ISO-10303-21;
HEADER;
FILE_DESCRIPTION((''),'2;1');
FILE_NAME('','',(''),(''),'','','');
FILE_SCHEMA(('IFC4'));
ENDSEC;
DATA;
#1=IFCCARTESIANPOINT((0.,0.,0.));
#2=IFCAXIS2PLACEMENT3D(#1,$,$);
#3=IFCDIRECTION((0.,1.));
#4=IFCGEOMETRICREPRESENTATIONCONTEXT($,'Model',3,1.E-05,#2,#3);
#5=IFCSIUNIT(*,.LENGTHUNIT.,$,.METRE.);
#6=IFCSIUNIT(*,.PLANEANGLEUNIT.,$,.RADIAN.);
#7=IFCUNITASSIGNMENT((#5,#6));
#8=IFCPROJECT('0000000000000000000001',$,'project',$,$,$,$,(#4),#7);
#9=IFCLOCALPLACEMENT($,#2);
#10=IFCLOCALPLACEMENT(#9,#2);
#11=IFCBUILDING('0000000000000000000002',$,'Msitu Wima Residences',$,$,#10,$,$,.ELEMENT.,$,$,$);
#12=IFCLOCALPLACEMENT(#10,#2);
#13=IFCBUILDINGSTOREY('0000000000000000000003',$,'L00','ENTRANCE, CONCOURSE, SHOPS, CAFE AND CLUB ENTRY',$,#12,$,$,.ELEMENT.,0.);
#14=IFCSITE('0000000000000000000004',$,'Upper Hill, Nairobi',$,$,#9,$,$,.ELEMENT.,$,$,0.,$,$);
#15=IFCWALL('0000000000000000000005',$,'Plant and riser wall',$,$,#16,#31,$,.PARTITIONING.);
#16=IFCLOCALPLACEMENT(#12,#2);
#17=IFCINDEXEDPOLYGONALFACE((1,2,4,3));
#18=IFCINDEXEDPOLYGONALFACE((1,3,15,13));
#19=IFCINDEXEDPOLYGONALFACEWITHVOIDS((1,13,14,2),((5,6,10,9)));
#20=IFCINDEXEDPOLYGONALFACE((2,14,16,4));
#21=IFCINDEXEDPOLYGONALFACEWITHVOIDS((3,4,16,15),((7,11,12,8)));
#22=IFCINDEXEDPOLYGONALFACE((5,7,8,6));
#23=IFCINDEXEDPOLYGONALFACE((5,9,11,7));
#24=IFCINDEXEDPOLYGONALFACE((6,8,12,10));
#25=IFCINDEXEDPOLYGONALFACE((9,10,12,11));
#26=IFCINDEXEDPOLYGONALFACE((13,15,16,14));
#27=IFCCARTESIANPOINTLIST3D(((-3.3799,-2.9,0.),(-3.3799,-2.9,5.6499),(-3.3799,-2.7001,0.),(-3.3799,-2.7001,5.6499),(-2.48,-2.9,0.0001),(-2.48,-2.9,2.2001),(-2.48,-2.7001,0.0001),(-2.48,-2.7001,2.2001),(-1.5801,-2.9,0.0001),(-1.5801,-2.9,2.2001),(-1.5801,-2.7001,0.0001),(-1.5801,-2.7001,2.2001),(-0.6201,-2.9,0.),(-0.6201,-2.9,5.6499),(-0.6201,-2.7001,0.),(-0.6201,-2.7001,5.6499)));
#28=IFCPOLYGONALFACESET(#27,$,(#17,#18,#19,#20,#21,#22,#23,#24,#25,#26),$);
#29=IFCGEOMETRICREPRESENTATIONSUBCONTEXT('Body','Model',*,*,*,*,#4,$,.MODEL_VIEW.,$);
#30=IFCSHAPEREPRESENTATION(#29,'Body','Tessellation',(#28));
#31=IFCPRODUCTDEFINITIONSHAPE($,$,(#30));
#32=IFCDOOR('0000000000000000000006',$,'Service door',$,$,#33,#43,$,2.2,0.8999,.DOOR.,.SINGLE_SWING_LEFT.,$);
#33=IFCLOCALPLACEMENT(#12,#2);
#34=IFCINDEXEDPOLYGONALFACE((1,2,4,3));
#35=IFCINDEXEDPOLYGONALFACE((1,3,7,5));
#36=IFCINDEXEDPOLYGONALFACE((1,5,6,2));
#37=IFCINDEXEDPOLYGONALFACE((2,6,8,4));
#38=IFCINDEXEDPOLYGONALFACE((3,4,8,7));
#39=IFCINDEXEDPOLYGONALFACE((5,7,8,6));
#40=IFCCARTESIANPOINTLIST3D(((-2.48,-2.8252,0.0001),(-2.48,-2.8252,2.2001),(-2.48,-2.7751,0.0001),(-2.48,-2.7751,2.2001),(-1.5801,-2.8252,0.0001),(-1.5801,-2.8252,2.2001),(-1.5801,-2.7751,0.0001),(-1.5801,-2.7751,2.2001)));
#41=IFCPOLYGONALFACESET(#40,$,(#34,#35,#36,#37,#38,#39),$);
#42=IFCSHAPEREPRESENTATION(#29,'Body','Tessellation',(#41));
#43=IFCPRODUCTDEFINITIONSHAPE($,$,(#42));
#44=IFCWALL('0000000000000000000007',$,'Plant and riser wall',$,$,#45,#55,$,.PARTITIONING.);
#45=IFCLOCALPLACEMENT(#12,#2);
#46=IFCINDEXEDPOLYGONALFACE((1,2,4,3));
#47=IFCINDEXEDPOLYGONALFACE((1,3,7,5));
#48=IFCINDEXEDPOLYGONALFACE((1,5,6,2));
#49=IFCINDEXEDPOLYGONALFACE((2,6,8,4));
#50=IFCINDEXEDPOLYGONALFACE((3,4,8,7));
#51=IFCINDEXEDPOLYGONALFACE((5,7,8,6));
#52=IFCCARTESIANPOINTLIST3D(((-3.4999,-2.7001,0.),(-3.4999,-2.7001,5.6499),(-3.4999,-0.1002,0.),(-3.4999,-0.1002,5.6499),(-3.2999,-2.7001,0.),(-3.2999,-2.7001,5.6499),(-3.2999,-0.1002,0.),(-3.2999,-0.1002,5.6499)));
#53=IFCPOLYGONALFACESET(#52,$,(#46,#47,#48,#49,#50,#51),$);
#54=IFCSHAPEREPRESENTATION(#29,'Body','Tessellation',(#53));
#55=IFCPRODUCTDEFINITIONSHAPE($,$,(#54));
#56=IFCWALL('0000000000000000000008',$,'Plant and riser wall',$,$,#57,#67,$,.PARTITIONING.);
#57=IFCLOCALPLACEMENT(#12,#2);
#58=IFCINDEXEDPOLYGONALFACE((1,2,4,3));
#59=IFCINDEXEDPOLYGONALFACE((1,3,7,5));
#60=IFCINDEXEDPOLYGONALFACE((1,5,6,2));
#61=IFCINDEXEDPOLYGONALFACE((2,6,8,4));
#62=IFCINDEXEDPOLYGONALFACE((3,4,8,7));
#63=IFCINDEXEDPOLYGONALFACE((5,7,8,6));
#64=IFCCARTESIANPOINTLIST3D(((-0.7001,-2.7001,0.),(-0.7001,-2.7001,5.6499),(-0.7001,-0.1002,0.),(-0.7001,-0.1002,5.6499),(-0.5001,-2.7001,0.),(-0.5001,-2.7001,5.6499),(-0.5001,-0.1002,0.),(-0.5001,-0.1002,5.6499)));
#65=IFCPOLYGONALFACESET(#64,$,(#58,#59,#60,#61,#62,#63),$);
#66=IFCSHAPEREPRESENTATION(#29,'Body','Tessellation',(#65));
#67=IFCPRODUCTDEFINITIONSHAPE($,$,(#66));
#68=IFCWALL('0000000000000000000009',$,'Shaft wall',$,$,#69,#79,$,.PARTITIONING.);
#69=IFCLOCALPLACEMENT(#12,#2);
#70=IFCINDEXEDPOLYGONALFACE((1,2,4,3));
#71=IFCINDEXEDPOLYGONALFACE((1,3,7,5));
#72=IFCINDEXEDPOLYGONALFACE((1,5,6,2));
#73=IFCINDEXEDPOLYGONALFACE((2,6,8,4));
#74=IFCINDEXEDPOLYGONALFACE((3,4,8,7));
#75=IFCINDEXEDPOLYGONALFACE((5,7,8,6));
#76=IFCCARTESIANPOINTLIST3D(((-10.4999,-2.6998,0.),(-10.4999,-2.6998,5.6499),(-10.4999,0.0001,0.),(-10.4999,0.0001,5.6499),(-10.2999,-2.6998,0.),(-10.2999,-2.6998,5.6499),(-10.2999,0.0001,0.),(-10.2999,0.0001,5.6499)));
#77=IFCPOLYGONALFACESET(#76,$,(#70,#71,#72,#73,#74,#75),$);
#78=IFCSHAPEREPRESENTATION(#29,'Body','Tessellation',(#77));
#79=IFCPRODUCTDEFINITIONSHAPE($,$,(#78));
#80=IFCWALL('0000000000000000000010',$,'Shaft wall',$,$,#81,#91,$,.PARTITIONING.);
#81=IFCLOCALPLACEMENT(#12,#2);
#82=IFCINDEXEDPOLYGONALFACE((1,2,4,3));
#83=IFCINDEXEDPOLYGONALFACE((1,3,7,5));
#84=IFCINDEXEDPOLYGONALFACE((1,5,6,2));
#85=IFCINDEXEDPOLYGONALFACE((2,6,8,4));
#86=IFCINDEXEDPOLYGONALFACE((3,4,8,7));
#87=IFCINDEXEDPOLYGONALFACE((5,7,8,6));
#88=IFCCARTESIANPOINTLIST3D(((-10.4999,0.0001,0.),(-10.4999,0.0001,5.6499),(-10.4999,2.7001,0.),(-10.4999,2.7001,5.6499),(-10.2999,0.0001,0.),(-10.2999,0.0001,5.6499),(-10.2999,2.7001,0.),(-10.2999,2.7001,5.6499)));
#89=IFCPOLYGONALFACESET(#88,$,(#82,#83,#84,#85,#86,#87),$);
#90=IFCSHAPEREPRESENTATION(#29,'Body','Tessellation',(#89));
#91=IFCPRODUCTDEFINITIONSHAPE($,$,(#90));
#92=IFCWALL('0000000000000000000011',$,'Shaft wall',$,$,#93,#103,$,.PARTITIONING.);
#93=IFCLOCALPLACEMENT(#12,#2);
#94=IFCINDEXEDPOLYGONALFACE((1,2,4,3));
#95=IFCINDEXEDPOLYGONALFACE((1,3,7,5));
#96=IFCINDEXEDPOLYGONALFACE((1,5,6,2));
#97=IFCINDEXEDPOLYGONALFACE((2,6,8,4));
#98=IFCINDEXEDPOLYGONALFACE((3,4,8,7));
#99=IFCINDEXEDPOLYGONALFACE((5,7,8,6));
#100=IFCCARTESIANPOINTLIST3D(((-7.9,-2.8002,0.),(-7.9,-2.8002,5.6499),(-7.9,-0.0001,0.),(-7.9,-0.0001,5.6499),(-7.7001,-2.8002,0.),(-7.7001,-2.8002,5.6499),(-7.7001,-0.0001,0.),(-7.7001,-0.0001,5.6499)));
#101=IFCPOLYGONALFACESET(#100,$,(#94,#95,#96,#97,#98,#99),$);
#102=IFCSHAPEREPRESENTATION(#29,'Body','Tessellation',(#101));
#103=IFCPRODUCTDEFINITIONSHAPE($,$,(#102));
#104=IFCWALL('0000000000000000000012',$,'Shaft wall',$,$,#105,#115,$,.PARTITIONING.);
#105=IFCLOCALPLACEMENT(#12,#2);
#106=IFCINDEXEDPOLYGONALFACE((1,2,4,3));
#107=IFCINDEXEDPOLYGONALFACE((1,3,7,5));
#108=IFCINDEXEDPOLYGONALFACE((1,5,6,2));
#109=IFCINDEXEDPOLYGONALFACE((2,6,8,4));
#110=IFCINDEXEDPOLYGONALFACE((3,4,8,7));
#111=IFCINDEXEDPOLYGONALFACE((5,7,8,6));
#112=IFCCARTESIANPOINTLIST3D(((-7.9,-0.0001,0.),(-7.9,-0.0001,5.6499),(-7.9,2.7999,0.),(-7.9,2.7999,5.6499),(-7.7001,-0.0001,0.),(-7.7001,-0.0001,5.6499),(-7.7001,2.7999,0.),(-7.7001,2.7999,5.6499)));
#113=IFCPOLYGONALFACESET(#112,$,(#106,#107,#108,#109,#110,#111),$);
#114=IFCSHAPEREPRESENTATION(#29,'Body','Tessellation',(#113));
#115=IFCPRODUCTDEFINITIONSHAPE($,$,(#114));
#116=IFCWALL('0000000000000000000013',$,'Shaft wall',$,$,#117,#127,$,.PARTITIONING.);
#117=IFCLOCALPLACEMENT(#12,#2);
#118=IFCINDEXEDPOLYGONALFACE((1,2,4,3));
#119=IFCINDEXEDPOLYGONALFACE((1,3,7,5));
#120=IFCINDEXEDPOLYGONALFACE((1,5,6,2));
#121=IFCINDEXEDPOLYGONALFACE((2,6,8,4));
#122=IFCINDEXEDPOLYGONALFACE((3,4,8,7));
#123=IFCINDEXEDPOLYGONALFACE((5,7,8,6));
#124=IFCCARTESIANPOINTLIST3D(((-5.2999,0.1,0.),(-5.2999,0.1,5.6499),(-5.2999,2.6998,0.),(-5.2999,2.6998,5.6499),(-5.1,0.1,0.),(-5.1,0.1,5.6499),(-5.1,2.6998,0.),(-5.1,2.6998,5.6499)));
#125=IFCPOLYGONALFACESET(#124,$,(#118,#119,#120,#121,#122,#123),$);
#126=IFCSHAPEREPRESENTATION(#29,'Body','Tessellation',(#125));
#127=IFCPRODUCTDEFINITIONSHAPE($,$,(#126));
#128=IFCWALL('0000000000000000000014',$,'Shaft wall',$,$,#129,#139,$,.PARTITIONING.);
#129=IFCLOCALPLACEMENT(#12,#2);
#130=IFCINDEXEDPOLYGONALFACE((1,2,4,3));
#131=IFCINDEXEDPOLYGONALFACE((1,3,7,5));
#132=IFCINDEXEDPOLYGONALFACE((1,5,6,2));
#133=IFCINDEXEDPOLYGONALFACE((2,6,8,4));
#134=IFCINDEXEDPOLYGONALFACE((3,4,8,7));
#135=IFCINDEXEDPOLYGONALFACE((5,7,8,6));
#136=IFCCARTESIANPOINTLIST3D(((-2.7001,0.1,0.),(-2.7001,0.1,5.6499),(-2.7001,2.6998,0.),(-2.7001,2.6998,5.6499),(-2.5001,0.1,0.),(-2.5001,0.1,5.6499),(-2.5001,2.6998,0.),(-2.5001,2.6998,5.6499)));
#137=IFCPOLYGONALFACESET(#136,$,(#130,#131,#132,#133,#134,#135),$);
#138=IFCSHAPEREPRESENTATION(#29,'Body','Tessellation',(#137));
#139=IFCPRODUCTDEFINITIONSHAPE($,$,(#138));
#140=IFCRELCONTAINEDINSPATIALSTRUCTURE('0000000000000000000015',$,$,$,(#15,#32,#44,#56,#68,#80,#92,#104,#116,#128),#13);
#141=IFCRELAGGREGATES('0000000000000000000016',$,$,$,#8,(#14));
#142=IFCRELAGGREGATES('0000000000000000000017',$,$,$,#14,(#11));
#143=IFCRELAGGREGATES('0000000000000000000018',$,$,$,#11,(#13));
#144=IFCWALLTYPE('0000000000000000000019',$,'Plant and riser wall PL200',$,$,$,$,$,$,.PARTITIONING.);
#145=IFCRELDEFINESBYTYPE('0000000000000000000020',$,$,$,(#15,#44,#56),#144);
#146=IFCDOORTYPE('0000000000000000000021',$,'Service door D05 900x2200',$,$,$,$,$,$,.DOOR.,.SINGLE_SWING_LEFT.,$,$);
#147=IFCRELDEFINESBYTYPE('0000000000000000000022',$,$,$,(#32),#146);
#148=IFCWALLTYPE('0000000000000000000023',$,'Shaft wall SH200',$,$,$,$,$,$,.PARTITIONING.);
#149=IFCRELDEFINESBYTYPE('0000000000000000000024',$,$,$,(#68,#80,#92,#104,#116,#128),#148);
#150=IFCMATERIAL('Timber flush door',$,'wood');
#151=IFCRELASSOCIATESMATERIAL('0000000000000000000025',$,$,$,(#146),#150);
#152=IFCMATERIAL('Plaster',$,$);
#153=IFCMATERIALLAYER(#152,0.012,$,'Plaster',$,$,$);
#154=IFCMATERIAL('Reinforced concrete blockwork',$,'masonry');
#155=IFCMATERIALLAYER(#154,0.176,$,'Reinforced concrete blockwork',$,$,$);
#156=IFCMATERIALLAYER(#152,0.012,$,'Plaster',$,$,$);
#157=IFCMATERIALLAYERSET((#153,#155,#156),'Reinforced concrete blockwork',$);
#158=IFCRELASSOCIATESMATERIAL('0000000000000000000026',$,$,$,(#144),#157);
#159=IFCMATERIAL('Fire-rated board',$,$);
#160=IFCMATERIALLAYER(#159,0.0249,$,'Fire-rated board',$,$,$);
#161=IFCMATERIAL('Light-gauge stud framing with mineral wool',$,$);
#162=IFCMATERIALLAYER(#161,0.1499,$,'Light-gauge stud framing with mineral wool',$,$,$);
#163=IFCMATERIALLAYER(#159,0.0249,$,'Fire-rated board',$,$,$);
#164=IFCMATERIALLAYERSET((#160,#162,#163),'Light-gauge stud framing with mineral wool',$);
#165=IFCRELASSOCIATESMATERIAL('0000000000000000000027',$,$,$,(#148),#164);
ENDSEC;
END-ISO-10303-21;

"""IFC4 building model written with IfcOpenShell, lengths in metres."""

from ifc_helpers import new_model, si_unit, direction, frame, frame_2d, origin, place, context, subcontext, project, spatial, rectangle, extrude, material, layer, layer_set, type_object, element, fill, save


model = new_model("IFC4")

# Units and contexts
model_context = context("Model", 3, precision=1e-05, world=origin(), true_north=direction((0.0, 1.0)))
body_context = subcontext(model_context, "Body", "Model", "MODEL_VIEW")
ifc_project = project(units=[si_unit("LENGTHUNIT", "METRE"), si_unit("PLANEANGLEUNIT", "RADIAN")], contexts=[model_context])

# Site, building, storey
site_placement = place(None, origin())
site = spatial("IfcSite", under=ifc_project, at=site_placement, Name="Upper Hill, Nairobi", CompositionType="ELEMENT", RefElevation=0.0)
building_placement = place(site_placement, origin())
building = spatial("IfcBuilding", under=site, at=building_placement, Name="Msitu Wima Residences", CompositionType="ELEMENT")
storey_placement = place(building_placement, origin())
storey = spatial("IfcBuildingStorey", under=building, at=storey_placement, Name="L00", Description="ENTRANCE, CONCOURSE, SHOPS, CAFE AND CLUB ENTRY", CompositionType="ELEMENT", Elevation=0.0)

# Shared definitions
ifc_material_1 = material(Name="Plaster")

# Shared definitions
ifc_material_2 = material(Name="Timber flush door", Category="wood")
door_type_1 = type_object("IfcDoorType", Name="Service door D05 900x2200", OperationType="SINGLE_SWING_LEFT", PredefinedType="DOOR", material=ifc_material_2)

# Wall, opening, door
ifc_layer_1 = layer(ifc_material_1, 0.012, Name="Plaster")
ifc_material_3 = material(Name="Reinforced concrete blockwork", Category="masonry")
ifc_layer_2 = layer(ifc_material_3, 0.176, Name="Reinforced concrete blockwork")
ifc_layer_3 = layer(ifc_material_1, 0.012, Name="Plaster")
ifc_layer_set_1 = layer_set([ifc_layer_1, ifc_layer_2, ifc_layer_3], Name="Reinforced concrete blockwork")
wall_type_1 = type_object("IfcWallType", Name="Plant and riser wall PL200", PredefinedType="PARTITIONING", material=ifc_layer_set_1)
wall_1_placement = place(storey_placement, frame((-3.3799, -2.8, 0.0), z_axis=(0.0, 0.0, 1.0), x_axis=(1.0, 0.0, 0.0)))
wall_1 = element("IfcWall", 1, at=wall_1_placement, inside=storey, type_object=wall_type_1, Name="Plant and riser wall", PredefinedType="PARTITIONING", context=body_context, shape_type="SweptSolid", body=[
    extrude(rectangle(XDim=2.7598, YDim=0.2, at=frame_2d((1.3799, 0.0))), origin(), (0.0, 0.0, 1.0), 5.6499),
])
opening_1_placement = place(wall_1_placement, frame((0.8999, 0.0, 0.0)))
opening_1 = element("IfcOpeningElement", 2, at=opening_1_placement, cuts=wall_1, PredefinedType="OPENING", context=body_context, shape_type="SweptSolid", body=[
    extrude(rectangle(XDim=0.8999, YDim=2.2, at=frame_2d((0.45, 1.1001))), frame((0.0, 0.1099, 0.0), z_axis=(0.0, -1.0, 0.0), x_axis=(1.0, 0.0, 0.0)), (0.0, 0.0, 1.0), 0.22),
])
door_1_placement = place(opening_1_placement, origin())
door_1 = element("IfcDoor", 3, at=door_1_placement, inside=storey, type_object=door_type_1, Name="Service door", OperationType="SINGLE_SWING_LEFT", OverallHeight=2.2, OverallWidth=0.8999, PredefinedType="DOOR", context=body_context, shape_type="SweptSolid", body=[
    extrude(rectangle(XDim=0.8999, YDim=2.2, at=frame_2d((0.45, 1.1001))), frame((0.0, 0.0249, 0.0), z_axis=(0.0, -1.0, 0.0), x_axis=(1.0, 0.0, 0.0)), (0.0, 0.0, 1.0), 0.05),
])
fill(opening_1, door_1)

# Walls
for number, where, z_axis, x_axis, name in (
    (4, (-3.3999, -2.7, 0.0), (0.0, 0.0, 1.0), (0.0, 1.0, 0.0), "Plant and riser wall"),
    (5, (-0.6001, -2.7, 0.0), (0.0, 0.0, 1.0), (0.0, 1.0, 0.0), "Plant and riser wall"),
):
    element("IfcWall", number, at=place(storey_placement, frame(where, z_axis=z_axis, x_axis=x_axis)), inside=storey, type_object=wall_type_1, Name=name, PredefinedType="PARTITIONING", context=body_context, shape_type="SweptSolid", body=[
        extrude(rectangle(XDim=2.5999, YDim=0.2, at=frame_2d((1.2998, 0.0))), origin(), (0.0, 0.0, 1.0), 5.6499),
    ])
ifc_material_4 = material(Name="Fire-rated board")
ifc_layer_4 = layer(ifc_material_4, 0.0249, Name="Fire-rated board")
ifc_material_5 = material(Name="Light-gauge stud framing with mineral wool")
ifc_layer_5 = layer(ifc_material_5, 0.1499, Name="Light-gauge stud framing with mineral wool")
ifc_layer_6 = layer(ifc_material_4, 0.0249, Name="Fire-rated board")
ifc_layer_set_2 = layer_set([ifc_layer_4, ifc_layer_5, ifc_layer_6], Name="Light-gauge stud framing with mineral wool")
wall_type_2 = type_object("IfcWallType", Name="Shaft wall SH200", PredefinedType="PARTITIONING", material=ifc_layer_set_2)
for number, where, z_axis, x_axis, name in (
    (6, (-10.3999, -2.7, 0.0), (0.0, 0.0, 1.0), (0.0, 1.0, 0.0), "Shaft wall"),
    (7, (-10.3999, 0.0, 0.0), (0.0, 0.0, 1.0), (0.0, 1.0, 0.0), "Shaft wall"),
):
    element("IfcWall", number, at=place(storey_placement, frame(where, z_axis=z_axis, x_axis=x_axis)), inside=storey, type_object=wall_type_2, Name=name, PredefinedType="PARTITIONING", context=body_context, shape_type="SweptSolid", body=[
        extrude(rectangle(XDim=2.7, YDim=0.2, at=frame_2d((1.3501, 0.0))), origin(), (0.0, 0.0, 1.0), 5.6499),
    ])
for number, where, z_axis, x_axis, name in (
    (8, (-7.8, -2.8, 0.0), (0.0, 0.0, 1.0), (0.0, 1.0, 0.0), "Shaft wall"),
    (9, (-7.8, 0.0, 0.0), (0.0, 0.0, 1.0), (0.0, 1.0, 0.0), "Shaft wall"),
):
    element("IfcWall", number, at=place(storey_placement, frame(where, z_axis=z_axis, x_axis=x_axis)), inside=storey, type_object=wall_type_2, Name=name, PredefinedType="PARTITIONING", context=body_context, shape_type="SweptSolid", body=[
        extrude(rectangle(XDim=2.8, YDim=0.2, at=frame_2d((1.3999, 0.0))), origin(), (0.0, 0.0, 1.0), 5.6499),
    ])
for number, where, z_axis, x_axis, name in (
    (10, (-5.2, 0.1001, 0.0), (0.0, 0.0, 1.0), (0.0, 1.0, 0.0), "Shaft wall"),
    (11, (-2.6001, 0.1001, 0.0), (0.0, 0.0, 1.0), (0.0, 1.0, 0.0), "Shaft wall"),
):
    element("IfcWall", number, at=place(storey_placement, frame(where, z_axis=z_axis, x_axis=x_axis)), inside=storey, type_object=wall_type_2, Name=name, PredefinedType="PARTITIONING", context=body_context, shape_type="SweptSolid", body=[
        extrude(rectangle(XDim=2.5999, YDim=0.2, at=frame_2d((1.2998, 0.0))), origin(), (0.0, 0.0, 1.0), 5.6499),
    ])

save(model, "model.ifc")
